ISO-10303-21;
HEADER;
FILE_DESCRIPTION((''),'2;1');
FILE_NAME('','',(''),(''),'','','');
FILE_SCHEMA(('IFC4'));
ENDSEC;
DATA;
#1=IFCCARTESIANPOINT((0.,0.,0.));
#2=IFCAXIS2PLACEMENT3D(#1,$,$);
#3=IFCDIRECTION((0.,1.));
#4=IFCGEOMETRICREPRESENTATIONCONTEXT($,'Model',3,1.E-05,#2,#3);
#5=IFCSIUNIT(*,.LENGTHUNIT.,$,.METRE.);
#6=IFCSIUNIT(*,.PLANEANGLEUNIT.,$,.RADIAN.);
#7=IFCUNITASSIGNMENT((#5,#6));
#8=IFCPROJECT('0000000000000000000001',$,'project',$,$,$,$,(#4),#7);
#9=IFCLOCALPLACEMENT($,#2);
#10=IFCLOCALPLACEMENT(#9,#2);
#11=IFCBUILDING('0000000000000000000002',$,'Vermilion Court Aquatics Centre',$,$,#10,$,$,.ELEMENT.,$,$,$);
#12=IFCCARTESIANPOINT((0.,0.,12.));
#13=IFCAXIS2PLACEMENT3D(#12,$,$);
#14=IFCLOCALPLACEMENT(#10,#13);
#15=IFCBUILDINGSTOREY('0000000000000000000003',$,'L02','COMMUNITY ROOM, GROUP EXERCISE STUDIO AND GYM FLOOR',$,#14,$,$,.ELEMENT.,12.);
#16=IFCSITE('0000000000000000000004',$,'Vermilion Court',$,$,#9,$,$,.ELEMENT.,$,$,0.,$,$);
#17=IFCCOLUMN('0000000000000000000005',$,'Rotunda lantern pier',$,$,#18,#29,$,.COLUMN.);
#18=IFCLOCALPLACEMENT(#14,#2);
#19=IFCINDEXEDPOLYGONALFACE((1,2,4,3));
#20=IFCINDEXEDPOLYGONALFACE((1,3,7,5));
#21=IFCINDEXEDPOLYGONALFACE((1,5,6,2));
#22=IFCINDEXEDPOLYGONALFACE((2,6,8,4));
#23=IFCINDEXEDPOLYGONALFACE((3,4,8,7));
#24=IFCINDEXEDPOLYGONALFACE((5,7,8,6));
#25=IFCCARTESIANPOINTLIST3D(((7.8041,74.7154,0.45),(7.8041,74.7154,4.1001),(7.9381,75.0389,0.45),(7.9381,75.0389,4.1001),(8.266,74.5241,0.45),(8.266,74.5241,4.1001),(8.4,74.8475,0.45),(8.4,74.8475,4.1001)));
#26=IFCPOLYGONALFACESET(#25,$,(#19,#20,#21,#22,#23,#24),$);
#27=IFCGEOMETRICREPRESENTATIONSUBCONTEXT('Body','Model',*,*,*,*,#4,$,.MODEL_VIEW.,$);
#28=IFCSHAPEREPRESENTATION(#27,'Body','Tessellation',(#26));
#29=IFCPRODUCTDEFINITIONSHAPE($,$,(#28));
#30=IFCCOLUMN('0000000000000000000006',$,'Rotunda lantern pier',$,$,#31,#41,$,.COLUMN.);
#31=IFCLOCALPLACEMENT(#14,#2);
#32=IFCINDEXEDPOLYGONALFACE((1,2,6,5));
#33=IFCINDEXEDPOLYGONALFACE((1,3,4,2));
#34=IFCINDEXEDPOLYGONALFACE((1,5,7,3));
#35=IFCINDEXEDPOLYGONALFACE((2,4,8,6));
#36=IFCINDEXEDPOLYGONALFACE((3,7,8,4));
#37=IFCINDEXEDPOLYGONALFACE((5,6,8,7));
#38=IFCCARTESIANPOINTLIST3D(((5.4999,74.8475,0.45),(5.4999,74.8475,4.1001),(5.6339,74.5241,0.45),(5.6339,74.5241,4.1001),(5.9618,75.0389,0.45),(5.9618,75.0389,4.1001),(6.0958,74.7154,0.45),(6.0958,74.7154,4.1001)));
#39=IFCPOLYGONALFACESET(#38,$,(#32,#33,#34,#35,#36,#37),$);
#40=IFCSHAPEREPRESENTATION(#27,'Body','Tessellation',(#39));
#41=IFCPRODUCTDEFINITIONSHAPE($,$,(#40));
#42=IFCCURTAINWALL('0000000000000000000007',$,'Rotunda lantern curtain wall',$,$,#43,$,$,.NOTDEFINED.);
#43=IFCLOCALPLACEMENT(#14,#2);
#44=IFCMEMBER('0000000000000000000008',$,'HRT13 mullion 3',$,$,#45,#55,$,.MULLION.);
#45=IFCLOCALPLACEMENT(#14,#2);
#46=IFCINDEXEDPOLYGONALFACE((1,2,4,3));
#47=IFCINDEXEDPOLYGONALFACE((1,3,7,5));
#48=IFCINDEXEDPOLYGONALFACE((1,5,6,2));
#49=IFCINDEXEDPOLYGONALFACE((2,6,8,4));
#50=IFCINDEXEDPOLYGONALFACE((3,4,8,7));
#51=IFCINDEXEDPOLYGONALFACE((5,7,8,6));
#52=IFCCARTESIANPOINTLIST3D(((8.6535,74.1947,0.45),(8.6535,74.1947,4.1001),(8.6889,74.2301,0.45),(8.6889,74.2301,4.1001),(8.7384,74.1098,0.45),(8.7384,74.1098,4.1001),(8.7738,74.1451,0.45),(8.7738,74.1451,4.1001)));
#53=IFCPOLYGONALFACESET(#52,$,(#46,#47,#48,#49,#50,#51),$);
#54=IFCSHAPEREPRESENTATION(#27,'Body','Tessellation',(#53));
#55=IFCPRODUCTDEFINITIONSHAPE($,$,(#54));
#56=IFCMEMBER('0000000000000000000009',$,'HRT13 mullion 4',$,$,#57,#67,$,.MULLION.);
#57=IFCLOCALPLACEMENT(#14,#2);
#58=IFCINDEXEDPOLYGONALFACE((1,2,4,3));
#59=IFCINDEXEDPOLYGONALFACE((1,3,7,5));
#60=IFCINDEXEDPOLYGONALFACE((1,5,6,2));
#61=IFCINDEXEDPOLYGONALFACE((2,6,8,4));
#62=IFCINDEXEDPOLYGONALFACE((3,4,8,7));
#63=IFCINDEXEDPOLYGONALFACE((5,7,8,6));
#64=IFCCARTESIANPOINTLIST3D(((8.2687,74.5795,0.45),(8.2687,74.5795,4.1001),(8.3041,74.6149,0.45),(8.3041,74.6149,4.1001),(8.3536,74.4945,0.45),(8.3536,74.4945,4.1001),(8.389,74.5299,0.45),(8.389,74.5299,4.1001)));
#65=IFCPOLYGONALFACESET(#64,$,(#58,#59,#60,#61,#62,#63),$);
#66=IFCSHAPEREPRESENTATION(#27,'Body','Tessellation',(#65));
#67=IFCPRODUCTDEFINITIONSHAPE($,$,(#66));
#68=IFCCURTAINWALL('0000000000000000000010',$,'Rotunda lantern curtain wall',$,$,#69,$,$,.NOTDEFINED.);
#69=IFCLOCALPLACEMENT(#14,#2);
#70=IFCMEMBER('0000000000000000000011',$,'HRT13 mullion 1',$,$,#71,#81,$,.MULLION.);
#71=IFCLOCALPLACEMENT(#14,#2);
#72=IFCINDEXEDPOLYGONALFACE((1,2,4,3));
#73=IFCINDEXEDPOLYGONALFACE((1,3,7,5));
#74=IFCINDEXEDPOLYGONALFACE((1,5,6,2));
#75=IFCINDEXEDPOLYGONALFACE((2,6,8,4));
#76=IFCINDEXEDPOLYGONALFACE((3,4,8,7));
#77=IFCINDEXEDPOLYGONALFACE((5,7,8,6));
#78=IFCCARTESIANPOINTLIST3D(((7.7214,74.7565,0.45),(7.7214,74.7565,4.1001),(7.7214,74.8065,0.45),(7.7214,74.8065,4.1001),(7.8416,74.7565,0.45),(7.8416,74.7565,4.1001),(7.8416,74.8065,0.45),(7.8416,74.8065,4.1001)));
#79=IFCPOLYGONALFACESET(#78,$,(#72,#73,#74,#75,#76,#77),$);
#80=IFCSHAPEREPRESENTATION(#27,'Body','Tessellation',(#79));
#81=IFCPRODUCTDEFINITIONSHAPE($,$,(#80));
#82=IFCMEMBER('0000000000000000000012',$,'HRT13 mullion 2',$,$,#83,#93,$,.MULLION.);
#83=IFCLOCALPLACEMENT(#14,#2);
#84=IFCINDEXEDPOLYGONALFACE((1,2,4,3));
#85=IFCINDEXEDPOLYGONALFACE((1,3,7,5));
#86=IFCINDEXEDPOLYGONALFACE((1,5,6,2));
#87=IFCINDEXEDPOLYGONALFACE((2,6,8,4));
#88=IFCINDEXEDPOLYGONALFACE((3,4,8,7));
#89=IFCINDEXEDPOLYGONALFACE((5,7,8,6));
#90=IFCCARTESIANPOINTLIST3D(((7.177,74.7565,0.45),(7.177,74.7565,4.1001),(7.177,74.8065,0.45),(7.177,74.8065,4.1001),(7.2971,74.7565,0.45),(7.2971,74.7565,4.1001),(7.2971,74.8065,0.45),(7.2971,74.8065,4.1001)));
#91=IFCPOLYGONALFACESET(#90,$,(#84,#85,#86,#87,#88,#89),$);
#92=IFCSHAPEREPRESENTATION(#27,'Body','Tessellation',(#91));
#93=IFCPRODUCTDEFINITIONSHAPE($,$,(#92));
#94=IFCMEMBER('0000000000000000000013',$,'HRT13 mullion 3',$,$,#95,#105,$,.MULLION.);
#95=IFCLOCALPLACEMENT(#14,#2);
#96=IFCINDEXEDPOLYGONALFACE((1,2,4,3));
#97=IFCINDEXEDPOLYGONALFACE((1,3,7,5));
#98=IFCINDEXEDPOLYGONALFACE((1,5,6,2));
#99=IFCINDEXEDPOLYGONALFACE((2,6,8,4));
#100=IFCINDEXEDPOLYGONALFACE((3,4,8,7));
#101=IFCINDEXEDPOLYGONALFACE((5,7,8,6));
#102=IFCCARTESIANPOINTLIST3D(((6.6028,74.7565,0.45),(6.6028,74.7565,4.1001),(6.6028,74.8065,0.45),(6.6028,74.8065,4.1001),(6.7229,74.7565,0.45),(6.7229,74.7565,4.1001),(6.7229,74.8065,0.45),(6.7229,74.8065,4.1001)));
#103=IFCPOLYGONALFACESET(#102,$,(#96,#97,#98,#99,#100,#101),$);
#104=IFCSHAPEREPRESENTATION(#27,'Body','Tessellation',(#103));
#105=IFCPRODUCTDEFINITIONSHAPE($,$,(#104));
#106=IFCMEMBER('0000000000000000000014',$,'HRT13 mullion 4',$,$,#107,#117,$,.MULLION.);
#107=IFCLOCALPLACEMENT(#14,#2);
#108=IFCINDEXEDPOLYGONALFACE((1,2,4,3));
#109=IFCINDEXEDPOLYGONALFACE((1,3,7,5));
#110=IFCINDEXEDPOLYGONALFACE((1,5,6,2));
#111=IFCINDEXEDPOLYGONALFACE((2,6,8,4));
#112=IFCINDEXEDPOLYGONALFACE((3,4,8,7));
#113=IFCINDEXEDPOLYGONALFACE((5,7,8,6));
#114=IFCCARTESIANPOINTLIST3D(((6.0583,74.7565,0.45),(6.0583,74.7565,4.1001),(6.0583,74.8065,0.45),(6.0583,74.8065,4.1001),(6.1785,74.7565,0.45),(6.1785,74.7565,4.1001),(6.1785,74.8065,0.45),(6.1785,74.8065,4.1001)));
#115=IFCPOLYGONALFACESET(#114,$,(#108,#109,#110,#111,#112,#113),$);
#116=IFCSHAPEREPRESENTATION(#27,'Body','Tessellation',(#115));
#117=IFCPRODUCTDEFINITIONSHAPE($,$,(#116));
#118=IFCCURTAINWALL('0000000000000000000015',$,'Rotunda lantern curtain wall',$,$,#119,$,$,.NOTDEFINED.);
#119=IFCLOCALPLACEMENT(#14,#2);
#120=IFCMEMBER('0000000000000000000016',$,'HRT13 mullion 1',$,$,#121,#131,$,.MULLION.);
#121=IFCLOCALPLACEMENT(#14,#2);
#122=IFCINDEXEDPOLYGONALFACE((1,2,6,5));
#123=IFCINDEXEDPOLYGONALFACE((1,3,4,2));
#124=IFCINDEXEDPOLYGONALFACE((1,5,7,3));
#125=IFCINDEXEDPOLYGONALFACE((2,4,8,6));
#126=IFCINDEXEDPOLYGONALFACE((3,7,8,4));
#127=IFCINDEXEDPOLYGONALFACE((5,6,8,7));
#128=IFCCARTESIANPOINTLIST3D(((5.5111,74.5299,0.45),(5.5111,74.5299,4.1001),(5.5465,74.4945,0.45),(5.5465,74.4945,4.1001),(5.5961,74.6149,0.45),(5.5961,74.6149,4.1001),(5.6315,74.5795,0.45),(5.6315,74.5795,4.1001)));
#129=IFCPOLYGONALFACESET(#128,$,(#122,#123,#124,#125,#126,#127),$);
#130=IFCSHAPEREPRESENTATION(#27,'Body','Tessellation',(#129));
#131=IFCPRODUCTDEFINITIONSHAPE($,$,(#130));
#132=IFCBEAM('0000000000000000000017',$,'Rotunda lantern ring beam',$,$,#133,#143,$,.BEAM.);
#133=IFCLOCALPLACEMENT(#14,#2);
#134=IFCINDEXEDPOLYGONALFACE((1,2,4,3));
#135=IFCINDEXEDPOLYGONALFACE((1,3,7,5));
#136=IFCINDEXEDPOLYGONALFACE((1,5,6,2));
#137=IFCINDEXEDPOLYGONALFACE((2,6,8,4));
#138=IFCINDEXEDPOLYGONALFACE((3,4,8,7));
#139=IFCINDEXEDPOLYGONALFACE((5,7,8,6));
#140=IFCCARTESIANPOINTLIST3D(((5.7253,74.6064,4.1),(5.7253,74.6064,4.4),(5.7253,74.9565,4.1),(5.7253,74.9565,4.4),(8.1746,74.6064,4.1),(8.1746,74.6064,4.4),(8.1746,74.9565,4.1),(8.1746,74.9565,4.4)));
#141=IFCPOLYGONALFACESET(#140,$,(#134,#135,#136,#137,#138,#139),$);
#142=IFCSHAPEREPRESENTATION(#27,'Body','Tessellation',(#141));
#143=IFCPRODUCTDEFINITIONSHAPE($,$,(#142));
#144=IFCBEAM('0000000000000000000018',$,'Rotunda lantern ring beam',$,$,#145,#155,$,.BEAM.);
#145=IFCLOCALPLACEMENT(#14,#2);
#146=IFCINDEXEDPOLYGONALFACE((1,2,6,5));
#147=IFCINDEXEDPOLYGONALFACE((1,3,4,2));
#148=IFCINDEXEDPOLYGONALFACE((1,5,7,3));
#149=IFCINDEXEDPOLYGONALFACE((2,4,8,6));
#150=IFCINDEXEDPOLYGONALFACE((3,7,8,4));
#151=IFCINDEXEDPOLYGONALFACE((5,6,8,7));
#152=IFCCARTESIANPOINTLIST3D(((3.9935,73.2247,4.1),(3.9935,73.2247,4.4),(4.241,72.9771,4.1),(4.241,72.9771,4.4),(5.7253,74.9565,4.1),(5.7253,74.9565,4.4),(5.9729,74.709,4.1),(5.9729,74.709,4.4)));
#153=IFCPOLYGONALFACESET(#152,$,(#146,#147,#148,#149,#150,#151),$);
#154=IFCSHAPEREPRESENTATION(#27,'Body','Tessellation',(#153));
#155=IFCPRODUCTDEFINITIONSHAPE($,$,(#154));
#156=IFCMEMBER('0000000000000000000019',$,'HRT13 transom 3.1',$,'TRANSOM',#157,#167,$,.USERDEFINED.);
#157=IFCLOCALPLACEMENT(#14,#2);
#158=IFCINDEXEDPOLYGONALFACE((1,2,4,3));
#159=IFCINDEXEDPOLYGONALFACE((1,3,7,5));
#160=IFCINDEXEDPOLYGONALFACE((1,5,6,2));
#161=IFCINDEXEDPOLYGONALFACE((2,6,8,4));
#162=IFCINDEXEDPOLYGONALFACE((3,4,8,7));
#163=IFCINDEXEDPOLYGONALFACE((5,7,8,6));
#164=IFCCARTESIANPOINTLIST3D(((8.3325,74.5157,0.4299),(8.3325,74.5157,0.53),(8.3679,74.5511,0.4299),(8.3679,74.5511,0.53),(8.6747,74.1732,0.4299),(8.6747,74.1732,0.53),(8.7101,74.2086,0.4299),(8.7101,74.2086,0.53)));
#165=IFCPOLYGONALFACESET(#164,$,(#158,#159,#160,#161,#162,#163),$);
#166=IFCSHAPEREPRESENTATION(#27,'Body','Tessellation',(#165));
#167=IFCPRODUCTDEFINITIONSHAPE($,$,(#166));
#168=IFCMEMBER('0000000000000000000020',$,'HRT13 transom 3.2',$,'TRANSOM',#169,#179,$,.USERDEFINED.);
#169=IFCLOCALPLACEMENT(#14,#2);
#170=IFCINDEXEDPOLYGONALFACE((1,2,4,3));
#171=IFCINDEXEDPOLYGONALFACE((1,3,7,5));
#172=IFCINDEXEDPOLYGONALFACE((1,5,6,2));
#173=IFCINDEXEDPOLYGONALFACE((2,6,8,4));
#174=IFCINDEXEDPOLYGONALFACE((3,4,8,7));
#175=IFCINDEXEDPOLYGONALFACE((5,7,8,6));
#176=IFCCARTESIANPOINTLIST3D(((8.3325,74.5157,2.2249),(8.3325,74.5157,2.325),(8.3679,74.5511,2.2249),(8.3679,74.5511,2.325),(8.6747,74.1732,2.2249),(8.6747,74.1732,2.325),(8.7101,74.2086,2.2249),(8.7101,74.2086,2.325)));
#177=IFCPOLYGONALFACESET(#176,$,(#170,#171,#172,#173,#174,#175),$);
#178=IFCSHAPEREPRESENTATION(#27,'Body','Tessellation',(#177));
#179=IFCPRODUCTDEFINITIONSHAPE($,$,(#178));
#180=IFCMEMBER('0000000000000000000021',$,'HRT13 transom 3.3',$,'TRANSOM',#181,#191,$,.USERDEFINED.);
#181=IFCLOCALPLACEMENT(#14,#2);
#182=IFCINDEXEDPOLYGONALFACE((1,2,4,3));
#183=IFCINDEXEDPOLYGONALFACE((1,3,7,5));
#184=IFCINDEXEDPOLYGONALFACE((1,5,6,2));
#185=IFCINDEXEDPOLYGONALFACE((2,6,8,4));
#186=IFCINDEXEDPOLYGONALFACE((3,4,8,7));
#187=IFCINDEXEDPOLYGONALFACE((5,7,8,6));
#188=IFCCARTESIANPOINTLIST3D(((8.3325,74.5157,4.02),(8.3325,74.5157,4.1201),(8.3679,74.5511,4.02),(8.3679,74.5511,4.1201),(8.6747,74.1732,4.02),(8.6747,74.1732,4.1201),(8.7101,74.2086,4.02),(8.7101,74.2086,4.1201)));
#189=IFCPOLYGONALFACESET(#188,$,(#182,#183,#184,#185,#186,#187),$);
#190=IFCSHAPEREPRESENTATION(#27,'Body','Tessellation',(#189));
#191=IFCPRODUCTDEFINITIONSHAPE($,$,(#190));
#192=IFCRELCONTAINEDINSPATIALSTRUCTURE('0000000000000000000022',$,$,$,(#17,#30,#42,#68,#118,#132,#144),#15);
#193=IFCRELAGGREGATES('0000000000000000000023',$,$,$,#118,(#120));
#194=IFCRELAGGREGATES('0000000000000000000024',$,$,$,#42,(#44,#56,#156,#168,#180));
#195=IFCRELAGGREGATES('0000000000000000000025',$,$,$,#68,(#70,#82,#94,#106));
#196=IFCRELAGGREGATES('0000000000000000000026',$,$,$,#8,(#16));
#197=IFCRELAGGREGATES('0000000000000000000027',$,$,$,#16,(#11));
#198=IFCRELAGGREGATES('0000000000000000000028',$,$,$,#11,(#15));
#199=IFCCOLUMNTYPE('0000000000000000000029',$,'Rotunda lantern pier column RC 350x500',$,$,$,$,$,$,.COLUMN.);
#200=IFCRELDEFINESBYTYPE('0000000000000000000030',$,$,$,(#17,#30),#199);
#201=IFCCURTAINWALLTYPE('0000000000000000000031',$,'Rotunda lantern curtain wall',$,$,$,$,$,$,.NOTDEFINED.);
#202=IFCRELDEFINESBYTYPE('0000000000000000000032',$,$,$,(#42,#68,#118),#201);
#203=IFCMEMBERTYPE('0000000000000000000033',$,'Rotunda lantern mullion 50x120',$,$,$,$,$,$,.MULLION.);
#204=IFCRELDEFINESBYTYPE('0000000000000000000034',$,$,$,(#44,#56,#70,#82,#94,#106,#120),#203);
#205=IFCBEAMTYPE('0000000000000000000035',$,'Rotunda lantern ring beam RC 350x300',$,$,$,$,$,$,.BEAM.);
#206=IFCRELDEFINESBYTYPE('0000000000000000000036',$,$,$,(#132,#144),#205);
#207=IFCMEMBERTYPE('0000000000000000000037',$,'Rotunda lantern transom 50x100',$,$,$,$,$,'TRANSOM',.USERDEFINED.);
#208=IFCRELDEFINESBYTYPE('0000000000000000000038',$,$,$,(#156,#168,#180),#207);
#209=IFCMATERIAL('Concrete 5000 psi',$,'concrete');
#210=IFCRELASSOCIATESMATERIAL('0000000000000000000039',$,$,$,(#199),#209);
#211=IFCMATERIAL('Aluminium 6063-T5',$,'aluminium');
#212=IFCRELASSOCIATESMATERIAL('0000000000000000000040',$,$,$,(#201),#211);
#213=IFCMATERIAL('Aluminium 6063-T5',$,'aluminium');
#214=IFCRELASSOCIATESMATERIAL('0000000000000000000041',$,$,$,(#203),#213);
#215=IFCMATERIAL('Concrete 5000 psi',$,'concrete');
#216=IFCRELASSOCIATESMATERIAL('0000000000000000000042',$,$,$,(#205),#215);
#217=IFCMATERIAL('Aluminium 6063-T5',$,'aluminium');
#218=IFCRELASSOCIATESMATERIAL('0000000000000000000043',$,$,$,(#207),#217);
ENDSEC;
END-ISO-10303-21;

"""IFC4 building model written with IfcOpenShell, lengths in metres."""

from ifc_helpers import new_model, si_unit, direction, frame, origin, origin_2d, place, context, subcontext, project, spatial, rectangle, extrude, material, material_profile, profile_set, type_object, element, aggregate, save


model = new_model("IFC4")

# Units and contexts
model_context = context("Model", 3, precision=1e-05, world=origin(), true_north=direction((0.0, 1.0)))
body_context = subcontext(model_context, "Body", "Model", "MODEL_VIEW")
ifc_project = project(units=[si_unit("LENGTHUNIT", "METRE"), si_unit("PLANEANGLEUNIT", "RADIAN")], contexts=[model_context])

# Site, building, storey
site_placement = place(None, origin())
site = spatial("IfcSite", under=ifc_project, at=site_placement, Name="Vermilion Court", CompositionType="ELEMENT", RefElevation=0.0)
building_placement = place(site_placement, origin())
building = spatial("IfcBuilding", under=site, at=building_placement, Name="Vermilion Court Aquatics Centre", CompositionType="ELEMENT")
storey_placement = place(building_placement, frame((0.0, 0.0, 12.0)))
storey = spatial("IfcBuildingStorey", under=building, at=storey_placement, Name="L02", Description="COMMUNITY ROOM, GROUP EXERCISE STUDIO AND GYM FLOOR", CompositionType="ELEMENT", Elevation=12.0)

# Columns
ifc_material_1 = material(Name="Concrete 5000 psi", Category="concrete")
ifc_material_profile_1 = material_profile(ifc_material_1, rectangle(XDim=0.3501, YDim=0.5, at=origin_2d()), Name="RC 350x500")
ifc_profile_set_1 = profile_set([ifc_material_profile_1], Name="Concrete 5000 psi")
column_type = type_object("IfcColumnType", Name="Rotunda lantern pier column RC 350x500", PredefinedType="COLUMN", material=ifc_profile_set_1)
for number, where, z_axis, x_axis, name in (
    (1, (8.1021, 74.7815, 0.45), (0.0, 0.0, 1.0), (0.382683, 0.92388, 0.0), "Rotunda lantern pier"),
    (2, (5.7979, 74.7815, 0.45), (0.0, 0.0, 1.0), (-0.382683, 0.92388, 0.0), "Rotunda lantern pier"),
):
    element("IfcColumn", number, at=place(storey_placement, frame(where, z_axis=z_axis, x_axis=x_axis)), inside=storey, type_object=column_type, Name=name, PredefinedType="COLUMN", context=body_context, shape_type="SweptSolid", body=[
        extrude(rectangle(XDim=0.3501, YDim=0.5, at=origin_2d()), origin(), (0.0, 0.0, 1.0), 3.6501),
    ])

# Curtain walls, members
ifc_material_2 = material(Name="Aluminium 6063-T5", Category="aluminium")
curtain_wall_type = type_object("IfcCurtainWallType", Name="Rotunda lantern curtain wall", PredefinedType="NOTDEFINED", material=ifc_material_2)
curtain_wall_1_placement = place(storey_placement, origin())
curtain_wall_1 = element("IfcCurtainWall", 3, at=curtain_wall_1_placement, inside=storey, type_object=curtain_wall_type, Name="Rotunda lantern curtain wall", PredefinedType="NOTDEFINED")
ifc_material_3 = material(Name="Aluminium 6063-T5", Category="aluminium")
ifc_material_profile_2 = material_profile(ifc_material_3, rectangle(XDim=0.05, YDim=0.1201, at=origin_2d()), Name="Aluminium 50x120")
ifc_profile_set_2 = profile_set([ifc_material_profile_2], Name="Aluminium 6063-T5")
member_type_1 = type_object("IfcMemberType", Name="Rotunda lantern mullion 50x120", PredefinedType="MULLION", material=ifc_profile_set_2)
member_1_placement = place(storey_placement, frame((8.7136, 74.1699, 0.45), z_axis=(0.0, 0.0, 1.0), x_axis=(-0.707107, -0.707107, 0.0)))
member_1 = element("IfcMember", 4, at=member_1_placement, type_object=member_type_1, Name="HRT13 mullion 3", PredefinedType="MULLION", context=body_context, shape_type="SweptSolid", body=[
    extrude(rectangle(XDim=0.05, YDim=0.1201, at=origin_2d()), origin(), (0.0, 0.0, 1.0), 3.6501),
])
member_2_placement = place(storey_placement, frame((8.3289, 74.5547, 0.45), z_axis=(0.0, 0.0, 1.0), x_axis=(-0.707107, -0.707107, 0.0)))
member_2 = element("IfcMember", 5, at=member_2_placement, type_object=member_type_1, Name="HRT13 mullion 4", PredefinedType="MULLION", context=body_context, shape_type="SweptSolid", body=[
    extrude(rectangle(XDim=0.05, YDim=0.1201, at=origin_2d()), origin(), (0.0, 0.0, 1.0), 3.6501),
])
curtain_wall_2_placement = place(storey_placement, origin())
curtain_wall_2 = element("IfcCurtainWall", 6, at=curtain_wall_2_placement, inside=storey, type_object=curtain_wall_type, Name="Rotunda lantern curtain wall", PredefinedType="NOTDEFINED")
member_3_placement = place(storey_placement, frame((7.7815, 74.7815, 0.45), z_axis=(0.0, 0.0, 1.0), x_axis=(0.0, -1.0, 0.0)))
member_3 = element("IfcMember", 7, at=member_3_placement, type_object=member_type_1, Name="HRT13 mullion 1", PredefinedType="MULLION", context=body_context, shape_type="SweptSolid", body=[
    extrude(rectangle(XDim=0.05, YDim=0.1201, at=origin_2d()), origin(), (0.0, 0.0, 1.0), 3.6501),
])
member_4_placement = place(storey_placement, frame((7.2371, 74.7815, 0.45), z_axis=(0.0, 0.0, 1.0), x_axis=(0.0, -1.0, 0.0)))
member_4 = element("IfcMember", 8, at=member_4_placement, type_object=member_type_1, Name="HRT13 mullion 2", PredefinedType="MULLION", context=body_context, shape_type="SweptSolid", body=[
    extrude(rectangle(XDim=0.05, YDim=0.1201, at=origin_2d()), origin(), (0.0, 0.0, 1.0), 3.6501),
])
member_5_placement = place(storey_placement, frame((6.6628, 74.7815, 0.45), z_axis=(0.0, 0.0, 1.0), x_axis=(0.0, -1.0, 0.0)))
member_5 = element("IfcMember", 9, at=member_5_placement, type_object=member_type_1, Name="HRT13 mullion 3", PredefinedType="MULLION", context=body_context, shape_type="SweptSolid", body=[
    extrude(rectangle(XDim=0.05, YDim=0.1201, at=origin_2d()), origin(), (0.0, 0.0, 1.0), 3.6501),
])
member_6_placement = place(storey_placement, frame((6.1184, 74.7815, 0.45), z_axis=(0.0, 0.0, 1.0), x_axis=(0.0, -1.0, 0.0)))
member_6 = element("IfcMember", 10, at=member_6_placement, type_object=member_type_1, Name="HRT13 mullion 4", PredefinedType="MULLION", context=body_context, shape_type="SweptSolid", body=[
    extrude(rectangle(XDim=0.05, YDim=0.1201, at=origin_2d()), origin(), (0.0, 0.0, 1.0), 3.6501),
])

# Curtain wall, member
curtain_wall_3_placement = place(storey_placement, origin())
curtain_wall_3 = element("IfcCurtainWall", 11, at=curtain_wall_3_placement, inside=storey, type_object=curtain_wall_type, Name="Rotunda lantern curtain wall", PredefinedType="NOTDEFINED")
member_7_placement = place(storey_placement, frame((5.5713, 74.5547, 0.45), z_axis=(0.0, 0.0, 1.0), x_axis=(0.707107, -0.707107, 0.0)))
member_7 = element("IfcMember", 12, at=member_7_placement, type_object=member_type_1, Name="HRT13 mullion 1", PredefinedType="MULLION", context=body_context, shape_type="SweptSolid", body=[
    extrude(rectangle(XDim=0.05, YDim=0.1201, at=origin_2d()), origin(), (0.0, 0.0, 1.0), 3.6501),
])

# Beams
ifc_material_4 = material(Name="Concrete 5000 psi", Category="concrete")
ifc_material_profile_3 = material_profile(ifc_material_4, rectangle(XDim=0.3501, YDim=0.3, at=origin_2d()), Name="RC 350x300")
ifc_profile_set_3 = profile_set([ifc_material_profile_3], Name="Concrete 5000 psi")
beam_type = type_object("IfcBeamType", Name="Rotunda lantern ring beam RC 350x300", PredefinedType="BEAM", material=ifc_profile_set_3)
for number, where, z_axis, x_axis, name in (
    (13, (8.1746, 74.7815, 4.25), (-1.0, 0.0, 0.0), (0.0, -1.0, 0.0), "Rotunda lantern ring beam"),
    (14, (5.8491, 74.8328, 4.25), (-0.707107, -0.707107, 0.0), (0.707107, -0.707107, 0.0), "Rotunda lantern ring beam"),
):
    element("IfcBeam", number, at=place(storey_placement, frame(where, z_axis=z_axis, x_axis=x_axis)), inside=storey, type_object=beam_type, Name=name, PredefinedType="BEAM", context=body_context, shape_type="SweptSolid", body=[
        extrude(rectangle(XDim=0.3501, YDim=0.3, at=origin_2d()), origin(), (0.0, 0.0, 1.0), 2.4492),
    ])

# Members
ifc_material_5 = material(Name="Aluminium 6063-T5", Category="aluminium")
ifc_material_profile_4 = material_profile(ifc_material_5, rectangle(XDim=0.05, YDim=0.1001, at=origin_2d()), Name="Aluminium 50x100")
ifc_profile_set_4 = profile_set([ifc_material_profile_4], Name="Aluminium 6063-T5")
member_type_2 = type_object("IfcMemberType", Name="Rotunda lantern transom 50x100", ElementType="TRANSOM", PredefinedType="USERDEFINED", material=ifc_profile_set_4)
member_8_placement = place(storey_placement, frame((8.6924, 74.1909, 0.48), z_axis=(-0.706855, 0.707359, 0.0), x_axis=(-0.707359, -0.706855, 0.0)))
member_8 = element("IfcMember", 15, at=member_8_placement, type_object=member_type_2, Name="HRT13 transom 3.1", ObjectType="TRANSOM", PredefinedType="USERDEFINED", context=body_context, shape_type="SweptSolid", body=[
    extrude(rectangle(XDim=0.05, YDim=0.1001, at=origin_2d()), origin(), (0.0, 0.0, 1.0), 0.4841),
])
member_9_placement = place(storey_placement, frame((8.6924, 74.1909, 2.2749), z_axis=(-0.706855, 0.707359, 0.0), x_axis=(-0.707359, -0.706855, 0.0)))
member_9 = element("IfcMember", 16, at=member_9_placement, type_object=member_type_2, Name="HRT13 transom 3.2", ObjectType="TRANSOM", PredefinedType="USERDEFINED", context=body_context, shape_type="SweptSolid", body=[
    extrude(rectangle(XDim=0.05, YDim=0.1001, at=origin_2d()), origin(), (0.0, 0.0, 1.0), 0.4841),
])
member_10_placement = place(storey_placement, frame((8.6924, 74.1909, 4.0701), z_axis=(-0.706855, 0.707359, 0.0), x_axis=(-0.707359, -0.706855, 0.0)))
member_10 = element("IfcMember", 17, at=member_10_placement, type_object=member_type_2, Name="HRT13 transom 3.3", ObjectType="TRANSOM", PredefinedType="USERDEFINED", context=body_context, shape_type="SweptSolid", body=[
    extrude(rectangle(XDim=0.05, YDim=0.1001, at=origin_2d()), origin(), (0.0, 0.0, 1.0), 0.4841),
])
aggregate(curtain_wall_3, [member_7])

aggregate(curtain_wall_1, [member_1, member_2, member_8, member_9, member_10])
aggregate(curtain_wall_2, [member_3, member_4, member_5, member_6])

save(model, "model.ifc")
